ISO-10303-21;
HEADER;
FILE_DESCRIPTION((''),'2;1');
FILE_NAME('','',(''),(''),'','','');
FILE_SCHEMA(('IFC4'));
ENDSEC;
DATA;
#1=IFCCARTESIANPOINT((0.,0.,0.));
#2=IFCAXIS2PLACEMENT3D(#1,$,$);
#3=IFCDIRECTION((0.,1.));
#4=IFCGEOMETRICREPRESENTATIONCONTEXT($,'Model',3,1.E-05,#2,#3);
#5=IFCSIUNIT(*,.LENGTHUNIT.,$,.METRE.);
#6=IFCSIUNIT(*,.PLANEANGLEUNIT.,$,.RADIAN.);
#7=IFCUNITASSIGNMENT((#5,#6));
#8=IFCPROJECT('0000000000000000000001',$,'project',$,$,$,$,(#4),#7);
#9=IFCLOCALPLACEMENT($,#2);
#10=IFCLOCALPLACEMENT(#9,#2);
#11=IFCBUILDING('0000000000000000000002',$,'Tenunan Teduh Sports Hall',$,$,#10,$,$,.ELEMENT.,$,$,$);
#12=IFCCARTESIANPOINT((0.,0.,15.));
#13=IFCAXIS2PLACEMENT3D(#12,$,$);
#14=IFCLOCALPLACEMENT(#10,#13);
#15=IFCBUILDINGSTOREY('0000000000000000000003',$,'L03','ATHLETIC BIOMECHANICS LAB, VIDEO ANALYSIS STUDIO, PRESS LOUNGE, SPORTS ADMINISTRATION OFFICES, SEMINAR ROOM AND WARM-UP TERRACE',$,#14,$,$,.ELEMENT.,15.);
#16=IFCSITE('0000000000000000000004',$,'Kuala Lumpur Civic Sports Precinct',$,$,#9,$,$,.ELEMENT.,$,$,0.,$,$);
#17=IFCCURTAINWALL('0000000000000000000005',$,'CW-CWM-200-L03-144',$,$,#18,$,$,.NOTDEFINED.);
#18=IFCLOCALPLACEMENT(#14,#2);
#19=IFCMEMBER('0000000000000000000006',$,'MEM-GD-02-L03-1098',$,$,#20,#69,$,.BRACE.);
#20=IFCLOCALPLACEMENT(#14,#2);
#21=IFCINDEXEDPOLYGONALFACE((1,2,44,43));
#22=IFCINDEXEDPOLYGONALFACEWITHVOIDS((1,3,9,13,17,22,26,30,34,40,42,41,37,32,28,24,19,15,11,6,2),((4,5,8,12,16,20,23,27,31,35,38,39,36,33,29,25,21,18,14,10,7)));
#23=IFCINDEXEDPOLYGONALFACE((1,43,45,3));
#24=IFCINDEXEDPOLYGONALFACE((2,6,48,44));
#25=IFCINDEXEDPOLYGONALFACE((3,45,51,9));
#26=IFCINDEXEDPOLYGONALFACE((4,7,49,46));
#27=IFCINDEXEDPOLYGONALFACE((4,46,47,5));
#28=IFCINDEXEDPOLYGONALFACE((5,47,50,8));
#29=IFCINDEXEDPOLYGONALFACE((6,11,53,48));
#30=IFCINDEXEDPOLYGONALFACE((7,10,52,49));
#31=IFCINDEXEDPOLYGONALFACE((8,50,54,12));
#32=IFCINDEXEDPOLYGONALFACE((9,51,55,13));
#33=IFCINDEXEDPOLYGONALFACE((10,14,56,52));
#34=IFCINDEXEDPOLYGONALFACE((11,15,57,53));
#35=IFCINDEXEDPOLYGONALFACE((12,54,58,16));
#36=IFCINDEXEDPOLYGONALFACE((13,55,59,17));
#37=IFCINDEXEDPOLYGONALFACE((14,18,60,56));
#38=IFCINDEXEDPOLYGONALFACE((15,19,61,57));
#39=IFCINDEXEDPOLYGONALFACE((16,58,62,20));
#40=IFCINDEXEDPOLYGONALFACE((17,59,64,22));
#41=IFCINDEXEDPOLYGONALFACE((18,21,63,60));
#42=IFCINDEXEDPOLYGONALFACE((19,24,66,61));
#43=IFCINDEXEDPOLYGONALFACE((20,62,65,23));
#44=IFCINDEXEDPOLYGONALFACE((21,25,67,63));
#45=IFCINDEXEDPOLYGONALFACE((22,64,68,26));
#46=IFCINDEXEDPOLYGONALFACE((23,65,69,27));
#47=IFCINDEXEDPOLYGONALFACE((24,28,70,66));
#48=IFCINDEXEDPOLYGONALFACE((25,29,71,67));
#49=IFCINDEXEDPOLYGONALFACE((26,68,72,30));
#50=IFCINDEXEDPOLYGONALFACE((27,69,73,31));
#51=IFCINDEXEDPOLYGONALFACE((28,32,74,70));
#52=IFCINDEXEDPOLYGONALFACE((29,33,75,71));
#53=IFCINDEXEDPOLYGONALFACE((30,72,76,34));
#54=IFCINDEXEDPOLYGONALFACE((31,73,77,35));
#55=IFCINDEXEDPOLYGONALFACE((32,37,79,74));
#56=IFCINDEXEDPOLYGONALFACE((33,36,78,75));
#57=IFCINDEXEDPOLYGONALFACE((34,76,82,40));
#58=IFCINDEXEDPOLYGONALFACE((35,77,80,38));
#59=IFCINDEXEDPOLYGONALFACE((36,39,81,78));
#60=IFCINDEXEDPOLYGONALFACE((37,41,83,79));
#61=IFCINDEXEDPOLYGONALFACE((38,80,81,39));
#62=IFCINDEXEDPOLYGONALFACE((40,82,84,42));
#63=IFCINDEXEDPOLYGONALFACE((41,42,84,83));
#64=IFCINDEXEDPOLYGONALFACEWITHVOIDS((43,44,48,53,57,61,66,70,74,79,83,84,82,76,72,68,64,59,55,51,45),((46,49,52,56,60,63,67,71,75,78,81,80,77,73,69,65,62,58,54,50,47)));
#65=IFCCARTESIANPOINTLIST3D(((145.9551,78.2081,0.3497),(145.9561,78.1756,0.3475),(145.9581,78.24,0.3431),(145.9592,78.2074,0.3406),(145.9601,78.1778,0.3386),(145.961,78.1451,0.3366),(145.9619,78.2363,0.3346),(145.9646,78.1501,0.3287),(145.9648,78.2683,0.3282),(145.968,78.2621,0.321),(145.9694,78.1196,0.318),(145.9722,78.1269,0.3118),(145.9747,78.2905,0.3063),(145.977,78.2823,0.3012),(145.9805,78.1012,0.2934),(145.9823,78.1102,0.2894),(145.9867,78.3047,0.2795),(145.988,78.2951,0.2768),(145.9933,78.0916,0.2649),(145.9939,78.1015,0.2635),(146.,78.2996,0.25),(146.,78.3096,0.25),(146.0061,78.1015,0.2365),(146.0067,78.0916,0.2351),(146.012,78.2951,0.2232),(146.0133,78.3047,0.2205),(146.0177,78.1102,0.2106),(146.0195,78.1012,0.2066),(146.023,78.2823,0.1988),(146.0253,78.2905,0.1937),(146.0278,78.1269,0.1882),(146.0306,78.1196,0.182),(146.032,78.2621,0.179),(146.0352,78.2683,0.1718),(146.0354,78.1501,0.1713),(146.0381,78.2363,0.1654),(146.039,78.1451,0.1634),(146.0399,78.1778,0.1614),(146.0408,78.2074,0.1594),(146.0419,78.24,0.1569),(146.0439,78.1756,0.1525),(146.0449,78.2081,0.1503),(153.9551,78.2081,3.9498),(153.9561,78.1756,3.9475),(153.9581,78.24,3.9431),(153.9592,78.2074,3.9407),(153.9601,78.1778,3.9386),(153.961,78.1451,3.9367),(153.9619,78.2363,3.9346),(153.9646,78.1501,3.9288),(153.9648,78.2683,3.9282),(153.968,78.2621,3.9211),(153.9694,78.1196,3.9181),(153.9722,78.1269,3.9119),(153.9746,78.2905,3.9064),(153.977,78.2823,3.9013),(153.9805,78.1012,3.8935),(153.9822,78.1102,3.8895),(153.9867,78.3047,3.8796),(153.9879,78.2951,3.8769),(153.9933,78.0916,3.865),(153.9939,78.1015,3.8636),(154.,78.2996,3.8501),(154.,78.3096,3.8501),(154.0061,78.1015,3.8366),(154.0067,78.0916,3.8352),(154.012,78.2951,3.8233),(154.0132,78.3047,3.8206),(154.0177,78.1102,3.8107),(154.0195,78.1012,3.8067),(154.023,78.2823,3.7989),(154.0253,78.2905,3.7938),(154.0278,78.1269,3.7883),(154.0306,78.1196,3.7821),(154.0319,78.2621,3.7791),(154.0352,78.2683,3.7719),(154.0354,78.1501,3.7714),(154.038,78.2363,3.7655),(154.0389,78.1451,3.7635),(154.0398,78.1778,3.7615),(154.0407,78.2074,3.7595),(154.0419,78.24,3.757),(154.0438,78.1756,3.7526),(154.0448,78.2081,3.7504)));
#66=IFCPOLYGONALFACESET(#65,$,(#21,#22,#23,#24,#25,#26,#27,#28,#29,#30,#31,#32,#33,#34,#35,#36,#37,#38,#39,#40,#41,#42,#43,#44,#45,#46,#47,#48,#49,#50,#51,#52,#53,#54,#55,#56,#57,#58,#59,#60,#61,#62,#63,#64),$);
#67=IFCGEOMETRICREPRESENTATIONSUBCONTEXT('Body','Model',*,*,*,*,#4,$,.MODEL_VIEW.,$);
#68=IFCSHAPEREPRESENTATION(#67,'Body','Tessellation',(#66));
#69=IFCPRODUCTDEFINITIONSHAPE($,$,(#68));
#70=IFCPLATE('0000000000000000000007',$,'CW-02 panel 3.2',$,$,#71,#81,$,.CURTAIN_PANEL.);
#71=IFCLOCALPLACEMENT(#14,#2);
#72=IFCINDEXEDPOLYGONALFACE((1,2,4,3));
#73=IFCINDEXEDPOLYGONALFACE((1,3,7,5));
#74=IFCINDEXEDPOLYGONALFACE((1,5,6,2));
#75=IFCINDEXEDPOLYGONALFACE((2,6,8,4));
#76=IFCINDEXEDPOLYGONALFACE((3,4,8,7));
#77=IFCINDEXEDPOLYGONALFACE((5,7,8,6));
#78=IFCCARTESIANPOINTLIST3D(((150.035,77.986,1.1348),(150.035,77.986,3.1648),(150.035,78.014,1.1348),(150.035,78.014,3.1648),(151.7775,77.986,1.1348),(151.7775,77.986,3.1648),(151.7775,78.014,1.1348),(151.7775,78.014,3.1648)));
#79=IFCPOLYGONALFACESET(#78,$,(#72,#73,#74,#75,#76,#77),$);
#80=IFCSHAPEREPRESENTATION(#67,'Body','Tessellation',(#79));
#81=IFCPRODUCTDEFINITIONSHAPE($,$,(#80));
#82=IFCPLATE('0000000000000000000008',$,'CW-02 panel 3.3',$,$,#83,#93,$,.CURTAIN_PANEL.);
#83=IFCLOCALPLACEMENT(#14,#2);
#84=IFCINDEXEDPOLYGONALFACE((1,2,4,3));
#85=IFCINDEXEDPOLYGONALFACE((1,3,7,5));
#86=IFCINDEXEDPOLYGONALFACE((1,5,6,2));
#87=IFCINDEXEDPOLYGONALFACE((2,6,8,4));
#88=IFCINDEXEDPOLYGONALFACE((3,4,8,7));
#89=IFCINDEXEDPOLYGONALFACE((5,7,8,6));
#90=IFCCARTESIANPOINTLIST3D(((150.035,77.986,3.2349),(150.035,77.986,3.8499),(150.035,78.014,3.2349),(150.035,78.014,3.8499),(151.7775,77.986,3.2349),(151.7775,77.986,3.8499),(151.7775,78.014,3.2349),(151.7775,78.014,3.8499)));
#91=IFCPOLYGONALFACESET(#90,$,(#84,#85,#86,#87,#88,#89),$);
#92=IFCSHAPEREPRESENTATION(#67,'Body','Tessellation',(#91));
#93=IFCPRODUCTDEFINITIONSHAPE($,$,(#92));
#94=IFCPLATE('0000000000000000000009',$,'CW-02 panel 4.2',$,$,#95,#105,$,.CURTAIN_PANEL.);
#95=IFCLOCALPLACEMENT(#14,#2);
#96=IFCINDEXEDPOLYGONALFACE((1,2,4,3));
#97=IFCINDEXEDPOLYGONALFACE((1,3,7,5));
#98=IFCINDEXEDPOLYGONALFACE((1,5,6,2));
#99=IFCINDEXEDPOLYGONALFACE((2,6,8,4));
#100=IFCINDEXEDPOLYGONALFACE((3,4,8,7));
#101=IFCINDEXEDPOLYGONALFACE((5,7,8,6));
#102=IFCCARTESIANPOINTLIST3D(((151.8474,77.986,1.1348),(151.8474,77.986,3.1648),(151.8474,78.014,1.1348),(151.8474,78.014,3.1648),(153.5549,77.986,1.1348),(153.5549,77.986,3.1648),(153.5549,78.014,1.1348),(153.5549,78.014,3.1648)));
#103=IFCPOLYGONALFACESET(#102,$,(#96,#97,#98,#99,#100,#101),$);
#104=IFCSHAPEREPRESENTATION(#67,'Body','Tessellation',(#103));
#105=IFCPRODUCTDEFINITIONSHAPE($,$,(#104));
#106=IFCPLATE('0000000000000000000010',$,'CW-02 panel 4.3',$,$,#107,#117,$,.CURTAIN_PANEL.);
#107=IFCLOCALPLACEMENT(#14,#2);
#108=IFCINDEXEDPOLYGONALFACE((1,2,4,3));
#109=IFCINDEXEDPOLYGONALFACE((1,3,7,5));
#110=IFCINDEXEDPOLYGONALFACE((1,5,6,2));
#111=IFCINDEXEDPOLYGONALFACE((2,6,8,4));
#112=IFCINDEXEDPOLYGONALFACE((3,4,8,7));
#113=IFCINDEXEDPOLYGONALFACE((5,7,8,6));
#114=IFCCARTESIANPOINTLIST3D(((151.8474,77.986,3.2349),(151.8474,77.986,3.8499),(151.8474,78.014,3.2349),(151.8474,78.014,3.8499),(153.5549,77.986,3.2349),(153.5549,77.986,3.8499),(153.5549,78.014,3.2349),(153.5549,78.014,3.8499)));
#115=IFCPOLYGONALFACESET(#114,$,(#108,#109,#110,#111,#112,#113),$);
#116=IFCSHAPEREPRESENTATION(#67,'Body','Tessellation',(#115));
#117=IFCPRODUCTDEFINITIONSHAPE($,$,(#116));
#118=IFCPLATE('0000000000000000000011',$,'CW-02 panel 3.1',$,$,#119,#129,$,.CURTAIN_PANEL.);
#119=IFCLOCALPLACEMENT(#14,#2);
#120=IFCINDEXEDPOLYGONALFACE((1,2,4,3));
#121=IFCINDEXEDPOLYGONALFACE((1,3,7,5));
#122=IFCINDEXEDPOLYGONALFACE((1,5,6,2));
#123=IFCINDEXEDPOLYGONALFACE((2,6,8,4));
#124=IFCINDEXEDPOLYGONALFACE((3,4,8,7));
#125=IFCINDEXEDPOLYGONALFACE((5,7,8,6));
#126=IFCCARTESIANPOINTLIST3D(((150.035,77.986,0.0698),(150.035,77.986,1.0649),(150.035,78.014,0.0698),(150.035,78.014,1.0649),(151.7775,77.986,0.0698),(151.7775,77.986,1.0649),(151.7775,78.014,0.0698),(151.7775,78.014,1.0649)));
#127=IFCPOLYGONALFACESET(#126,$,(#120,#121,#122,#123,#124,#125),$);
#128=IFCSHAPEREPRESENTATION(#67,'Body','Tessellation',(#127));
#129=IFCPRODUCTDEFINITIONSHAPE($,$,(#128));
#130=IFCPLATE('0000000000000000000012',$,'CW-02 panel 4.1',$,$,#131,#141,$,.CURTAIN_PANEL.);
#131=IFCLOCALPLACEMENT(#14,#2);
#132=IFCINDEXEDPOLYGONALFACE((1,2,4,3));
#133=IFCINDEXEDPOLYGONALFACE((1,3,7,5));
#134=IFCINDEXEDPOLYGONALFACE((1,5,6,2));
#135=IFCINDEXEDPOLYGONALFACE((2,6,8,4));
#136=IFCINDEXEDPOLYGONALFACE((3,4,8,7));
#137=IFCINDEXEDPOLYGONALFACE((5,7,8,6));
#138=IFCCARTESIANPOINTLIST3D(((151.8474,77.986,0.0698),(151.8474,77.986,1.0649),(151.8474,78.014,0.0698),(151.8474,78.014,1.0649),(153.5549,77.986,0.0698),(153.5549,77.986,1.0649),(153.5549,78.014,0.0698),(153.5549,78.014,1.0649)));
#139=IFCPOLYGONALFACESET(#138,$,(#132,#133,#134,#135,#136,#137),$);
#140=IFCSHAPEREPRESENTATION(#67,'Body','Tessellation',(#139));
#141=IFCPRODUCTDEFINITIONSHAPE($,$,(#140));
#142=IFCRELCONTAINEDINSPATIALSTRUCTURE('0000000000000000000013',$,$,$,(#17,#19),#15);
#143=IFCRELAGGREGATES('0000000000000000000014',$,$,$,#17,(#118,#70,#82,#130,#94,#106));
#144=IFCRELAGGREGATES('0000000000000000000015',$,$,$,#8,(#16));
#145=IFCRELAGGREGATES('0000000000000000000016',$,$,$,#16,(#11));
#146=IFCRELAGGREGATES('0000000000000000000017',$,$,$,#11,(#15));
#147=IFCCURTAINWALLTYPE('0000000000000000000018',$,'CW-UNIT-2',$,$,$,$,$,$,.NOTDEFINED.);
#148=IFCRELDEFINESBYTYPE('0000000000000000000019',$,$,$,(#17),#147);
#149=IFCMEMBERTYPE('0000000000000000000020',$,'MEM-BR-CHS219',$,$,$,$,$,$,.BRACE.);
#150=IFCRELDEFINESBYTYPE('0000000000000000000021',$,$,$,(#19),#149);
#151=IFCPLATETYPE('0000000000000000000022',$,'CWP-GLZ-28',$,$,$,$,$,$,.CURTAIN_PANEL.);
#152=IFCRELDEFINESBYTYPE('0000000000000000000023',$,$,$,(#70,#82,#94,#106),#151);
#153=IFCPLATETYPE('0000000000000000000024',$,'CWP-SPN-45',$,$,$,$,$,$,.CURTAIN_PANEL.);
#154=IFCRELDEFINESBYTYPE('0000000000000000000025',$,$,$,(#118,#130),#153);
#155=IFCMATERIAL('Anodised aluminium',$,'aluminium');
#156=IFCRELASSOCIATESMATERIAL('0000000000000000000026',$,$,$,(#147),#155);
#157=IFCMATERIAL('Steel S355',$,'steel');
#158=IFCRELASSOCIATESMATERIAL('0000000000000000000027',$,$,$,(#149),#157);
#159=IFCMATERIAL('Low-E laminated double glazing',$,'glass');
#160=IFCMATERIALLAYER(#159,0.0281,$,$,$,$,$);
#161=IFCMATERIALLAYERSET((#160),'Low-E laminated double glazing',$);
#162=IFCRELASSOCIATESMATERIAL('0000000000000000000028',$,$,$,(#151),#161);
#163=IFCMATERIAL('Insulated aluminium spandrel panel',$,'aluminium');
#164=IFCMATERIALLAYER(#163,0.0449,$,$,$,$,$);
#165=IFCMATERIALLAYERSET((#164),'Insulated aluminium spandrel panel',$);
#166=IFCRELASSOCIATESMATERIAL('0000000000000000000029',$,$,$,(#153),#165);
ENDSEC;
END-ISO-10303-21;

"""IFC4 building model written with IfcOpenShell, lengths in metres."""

from ifc_helpers import new_model, si_unit, direction, frame, origin, origin_2d, place, context, subcontext, project, spatial, rectangle, hollow_circle, extrude, material, layer, layer_set, material_profile, profile_set, type_object, element, aggregate, save


model = new_model("IFC4")

# Units and contexts
model_context = context("Model", 3, precision=1e-05, world=origin(), true_north=direction((0.0, 1.0)))
body_context = subcontext(model_context, "Body", "Model", "MODEL_VIEW")
ifc_project = project(units=[si_unit("LENGTHUNIT", "METRE"), si_unit("PLANEANGLEUNIT", "RADIAN")], contexts=[model_context])

# Site, building, storey
site_placement = place(None, origin())
site = spatial("IfcSite", under=ifc_project, at=site_placement, Name="Kuala Lumpur Civic Sports Precinct", CompositionType="ELEMENT", RefElevation=0.0)
building_placement = place(site_placement, origin())
building = spatial("IfcBuilding", under=site, at=building_placement, Name="Tenunan Teduh Sports Hall", CompositionType="ELEMENT")
storey_placement = place(building_placement, frame((0.0, 0.0, 15.0)))
storey = spatial("IfcBuildingStorey", under=building, at=storey_placement, Name="L03", Description="ATHLETIC BIOMECHANICS LAB, VIDEO ANALYSIS STUDIO, PRESS LOUNGE, SPORTS ADMINISTRATION OFFICES, SEMINAR ROOM AND WARM-UP TERRACE", CompositionType="ELEMENT", Elevation=15.0)

# Curtain wall
ifc_material_1 = material(Name="Anodised aluminium", Category="aluminium")
curtain_wall_type = type_object("IfcCurtainWallType", Name="CW-UNIT-2", PredefinedType="NOTDEFINED", material=ifc_material_1)
curtain_wall_placement = place(storey_placement, origin())
curtain_wall = element("IfcCurtainWall", 1, at=curtain_wall_placement, inside=storey, type_object=curtain_wall_type, Name="CW-CWM-200-L03-144", PredefinedType="NOTDEFINED")

# Member
ifc_material_2 = material(Name="Steel S355", Category="steel")
ifc_material_profile_1 = material_profile(ifc_material_2, hollow_circle(Radius=0.1096, WallThickness=0.01, at=origin_2d()), Name="CHS 219.1x10.0")
ifc_profile_set_1 = profile_set([ifc_material_profile_1], Name="Steel S355")
member_type_1 = type_object("IfcMemberType", Name="MEM-BR-CHS219", PredefinedType="BRACE", material=ifc_profile_set_1)
member_1_placement = place(storey_placement, frame((146.0, 78.2, 0.25), z_axis=(0.911917, 0.0, 0.410374), x_axis=(0.0, 1.0, 0.0)))
element("IfcMember", 2, at=member_1_placement, inside=storey, type_object=member_type_1, Name="MEM-GD-02-L03-1098", PredefinedType="BRACE", context=body_context, shape_type="SweptSolid", body=[
    extrude(hollow_circle(Radius=0.1096, WallThickness=0.01, at=origin_2d()), origin(), (0.0, 0.0, 1.0), 8.7727),
])

# Plates
ifc_material_3 = material(Name="Low-E laminated double glazing", Category="glass")
ifc_layer_1 = layer(ifc_material_3, 0.0281)
ifc_layer_set_1 = layer_set([ifc_layer_1], Name="Low-E laminated double glazing")
plate_type_1 = type_object("IfcPlateType", Name="CWP-GLZ-28", PredefinedType="CURTAIN_PANEL", material=ifc_layer_set_1)
plate_1_placement = place(storey_placement, frame((150.9062, 78.0, 1.1348), z_axis=(0.0, 0.0, 1.0), x_axis=(1.0, 0.0, 0.0)))
plate_1 = element("IfcPlate", 3, at=plate_1_placement, type_object=plate_type_1, Name="CW-02 panel 3.2", PredefinedType="CURTAIN_PANEL", context=body_context, shape_type="SweptSolid", body=[
    extrude(rectangle(XDim=1.7424, YDim=0.0281, at=origin_2d()), origin(), (0.0, 0.0, 1.0), 2.03),
])
plate_2_placement = place(storey_placement, frame((150.9062, 78.0, 3.2349), z_axis=(0.0, 0.0, 1.0), x_axis=(1.0, 0.0, 0.0)))
plate_2 = element("IfcPlate", 4, at=plate_2_placement, type_object=plate_type_1, Name="CW-02 panel 3.3", PredefinedType="CURTAIN_PANEL", context=body_context, shape_type="SweptSolid", body=[
    extrude(rectangle(XDim=1.7424, YDim=0.0281, at=origin_2d()), origin(), (0.0, 0.0, 1.0), 0.615),
])
plate_3_placement = place(storey_placement, frame((152.7012, 78.0, 1.1348), z_axis=(0.0, 0.0, 1.0), x_axis=(1.0, 0.0, 0.0)))
plate_3 = element("IfcPlate", 5, at=plate_3_placement, type_object=plate_type_1, Name="CW-02 panel 4.2", PredefinedType="CURTAIN_PANEL", context=body_context, shape_type="SweptSolid", body=[
    extrude(rectangle(XDim=1.7075, YDim=0.0281, at=origin_2d()), origin(), (0.0, 0.0, 1.0), 2.03),
])
plate_4_placement = place(storey_placement, frame((152.7012, 78.0, 3.2349), z_axis=(0.0, 0.0, 1.0), x_axis=(1.0, 0.0, 0.0)))
plate_4 = element("IfcPlate", 6, at=plate_4_placement, type_object=plate_type_1, Name="CW-02 panel 4.3", PredefinedType="CURTAIN_PANEL", context=body_context, shape_type="SweptSolid", body=[
    extrude(rectangle(XDim=1.7075, YDim=0.0281, at=origin_2d()), origin(), (0.0, 0.0, 1.0), 0.615),
])
ifc_material_4 = material(Name="Insulated aluminium spandrel panel", Category="aluminium")
ifc_layer_2 = layer(ifc_material_4, 0.0449)
ifc_layer_set_2 = layer_set([ifc_layer_2], Name="Insulated aluminium spandrel panel")
plate_type_2 = type_object("IfcPlateType", Name="CWP-SPN-45", PredefinedType="CURTAIN_PANEL", material=ifc_layer_set_2)
plate_5_placement = place(storey_placement, frame((150.9062, 78.0, 0.0698), z_axis=(0.0, 0.0, 1.0), x_axis=(1.0, 0.0, 0.0)))
plate_5 = element("IfcPlate", 7, at=plate_5_placement, type_object=plate_type_2, Name="CW-02 panel 3.1", PredefinedType="CURTAIN_PANEL", context=body_context, shape_type="SweptSolid", body=[
    extrude(rectangle(XDim=1.7424, YDim=0.0281, at=origin_2d()), origin(), (0.0, 0.0, 1.0), 0.9951),
])
plate_6_placement = place(storey_placement, frame((152.7012, 78.0, 0.0698), z_axis=(0.0, 0.0, 1.0), x_axis=(1.0, 0.0, 0.0)))
plate_6 = element("IfcPlate", 8, at=plate_6_placement, type_object=plate_type_2, Name="CW-02 panel 4.1", PredefinedType="CURTAIN_PANEL", context=body_context, shape_type="SweptSolid", body=[
    extrude(rectangle(XDim=1.7075, YDim=0.0281, at=origin_2d()), origin(), (0.0, 0.0, 1.0), 0.9951),
])
aggregate(curtain_wall, [plate_5, plate_1, plate_2, plate_6, plate_3, plate_4])

save(model, "model.ifc")
